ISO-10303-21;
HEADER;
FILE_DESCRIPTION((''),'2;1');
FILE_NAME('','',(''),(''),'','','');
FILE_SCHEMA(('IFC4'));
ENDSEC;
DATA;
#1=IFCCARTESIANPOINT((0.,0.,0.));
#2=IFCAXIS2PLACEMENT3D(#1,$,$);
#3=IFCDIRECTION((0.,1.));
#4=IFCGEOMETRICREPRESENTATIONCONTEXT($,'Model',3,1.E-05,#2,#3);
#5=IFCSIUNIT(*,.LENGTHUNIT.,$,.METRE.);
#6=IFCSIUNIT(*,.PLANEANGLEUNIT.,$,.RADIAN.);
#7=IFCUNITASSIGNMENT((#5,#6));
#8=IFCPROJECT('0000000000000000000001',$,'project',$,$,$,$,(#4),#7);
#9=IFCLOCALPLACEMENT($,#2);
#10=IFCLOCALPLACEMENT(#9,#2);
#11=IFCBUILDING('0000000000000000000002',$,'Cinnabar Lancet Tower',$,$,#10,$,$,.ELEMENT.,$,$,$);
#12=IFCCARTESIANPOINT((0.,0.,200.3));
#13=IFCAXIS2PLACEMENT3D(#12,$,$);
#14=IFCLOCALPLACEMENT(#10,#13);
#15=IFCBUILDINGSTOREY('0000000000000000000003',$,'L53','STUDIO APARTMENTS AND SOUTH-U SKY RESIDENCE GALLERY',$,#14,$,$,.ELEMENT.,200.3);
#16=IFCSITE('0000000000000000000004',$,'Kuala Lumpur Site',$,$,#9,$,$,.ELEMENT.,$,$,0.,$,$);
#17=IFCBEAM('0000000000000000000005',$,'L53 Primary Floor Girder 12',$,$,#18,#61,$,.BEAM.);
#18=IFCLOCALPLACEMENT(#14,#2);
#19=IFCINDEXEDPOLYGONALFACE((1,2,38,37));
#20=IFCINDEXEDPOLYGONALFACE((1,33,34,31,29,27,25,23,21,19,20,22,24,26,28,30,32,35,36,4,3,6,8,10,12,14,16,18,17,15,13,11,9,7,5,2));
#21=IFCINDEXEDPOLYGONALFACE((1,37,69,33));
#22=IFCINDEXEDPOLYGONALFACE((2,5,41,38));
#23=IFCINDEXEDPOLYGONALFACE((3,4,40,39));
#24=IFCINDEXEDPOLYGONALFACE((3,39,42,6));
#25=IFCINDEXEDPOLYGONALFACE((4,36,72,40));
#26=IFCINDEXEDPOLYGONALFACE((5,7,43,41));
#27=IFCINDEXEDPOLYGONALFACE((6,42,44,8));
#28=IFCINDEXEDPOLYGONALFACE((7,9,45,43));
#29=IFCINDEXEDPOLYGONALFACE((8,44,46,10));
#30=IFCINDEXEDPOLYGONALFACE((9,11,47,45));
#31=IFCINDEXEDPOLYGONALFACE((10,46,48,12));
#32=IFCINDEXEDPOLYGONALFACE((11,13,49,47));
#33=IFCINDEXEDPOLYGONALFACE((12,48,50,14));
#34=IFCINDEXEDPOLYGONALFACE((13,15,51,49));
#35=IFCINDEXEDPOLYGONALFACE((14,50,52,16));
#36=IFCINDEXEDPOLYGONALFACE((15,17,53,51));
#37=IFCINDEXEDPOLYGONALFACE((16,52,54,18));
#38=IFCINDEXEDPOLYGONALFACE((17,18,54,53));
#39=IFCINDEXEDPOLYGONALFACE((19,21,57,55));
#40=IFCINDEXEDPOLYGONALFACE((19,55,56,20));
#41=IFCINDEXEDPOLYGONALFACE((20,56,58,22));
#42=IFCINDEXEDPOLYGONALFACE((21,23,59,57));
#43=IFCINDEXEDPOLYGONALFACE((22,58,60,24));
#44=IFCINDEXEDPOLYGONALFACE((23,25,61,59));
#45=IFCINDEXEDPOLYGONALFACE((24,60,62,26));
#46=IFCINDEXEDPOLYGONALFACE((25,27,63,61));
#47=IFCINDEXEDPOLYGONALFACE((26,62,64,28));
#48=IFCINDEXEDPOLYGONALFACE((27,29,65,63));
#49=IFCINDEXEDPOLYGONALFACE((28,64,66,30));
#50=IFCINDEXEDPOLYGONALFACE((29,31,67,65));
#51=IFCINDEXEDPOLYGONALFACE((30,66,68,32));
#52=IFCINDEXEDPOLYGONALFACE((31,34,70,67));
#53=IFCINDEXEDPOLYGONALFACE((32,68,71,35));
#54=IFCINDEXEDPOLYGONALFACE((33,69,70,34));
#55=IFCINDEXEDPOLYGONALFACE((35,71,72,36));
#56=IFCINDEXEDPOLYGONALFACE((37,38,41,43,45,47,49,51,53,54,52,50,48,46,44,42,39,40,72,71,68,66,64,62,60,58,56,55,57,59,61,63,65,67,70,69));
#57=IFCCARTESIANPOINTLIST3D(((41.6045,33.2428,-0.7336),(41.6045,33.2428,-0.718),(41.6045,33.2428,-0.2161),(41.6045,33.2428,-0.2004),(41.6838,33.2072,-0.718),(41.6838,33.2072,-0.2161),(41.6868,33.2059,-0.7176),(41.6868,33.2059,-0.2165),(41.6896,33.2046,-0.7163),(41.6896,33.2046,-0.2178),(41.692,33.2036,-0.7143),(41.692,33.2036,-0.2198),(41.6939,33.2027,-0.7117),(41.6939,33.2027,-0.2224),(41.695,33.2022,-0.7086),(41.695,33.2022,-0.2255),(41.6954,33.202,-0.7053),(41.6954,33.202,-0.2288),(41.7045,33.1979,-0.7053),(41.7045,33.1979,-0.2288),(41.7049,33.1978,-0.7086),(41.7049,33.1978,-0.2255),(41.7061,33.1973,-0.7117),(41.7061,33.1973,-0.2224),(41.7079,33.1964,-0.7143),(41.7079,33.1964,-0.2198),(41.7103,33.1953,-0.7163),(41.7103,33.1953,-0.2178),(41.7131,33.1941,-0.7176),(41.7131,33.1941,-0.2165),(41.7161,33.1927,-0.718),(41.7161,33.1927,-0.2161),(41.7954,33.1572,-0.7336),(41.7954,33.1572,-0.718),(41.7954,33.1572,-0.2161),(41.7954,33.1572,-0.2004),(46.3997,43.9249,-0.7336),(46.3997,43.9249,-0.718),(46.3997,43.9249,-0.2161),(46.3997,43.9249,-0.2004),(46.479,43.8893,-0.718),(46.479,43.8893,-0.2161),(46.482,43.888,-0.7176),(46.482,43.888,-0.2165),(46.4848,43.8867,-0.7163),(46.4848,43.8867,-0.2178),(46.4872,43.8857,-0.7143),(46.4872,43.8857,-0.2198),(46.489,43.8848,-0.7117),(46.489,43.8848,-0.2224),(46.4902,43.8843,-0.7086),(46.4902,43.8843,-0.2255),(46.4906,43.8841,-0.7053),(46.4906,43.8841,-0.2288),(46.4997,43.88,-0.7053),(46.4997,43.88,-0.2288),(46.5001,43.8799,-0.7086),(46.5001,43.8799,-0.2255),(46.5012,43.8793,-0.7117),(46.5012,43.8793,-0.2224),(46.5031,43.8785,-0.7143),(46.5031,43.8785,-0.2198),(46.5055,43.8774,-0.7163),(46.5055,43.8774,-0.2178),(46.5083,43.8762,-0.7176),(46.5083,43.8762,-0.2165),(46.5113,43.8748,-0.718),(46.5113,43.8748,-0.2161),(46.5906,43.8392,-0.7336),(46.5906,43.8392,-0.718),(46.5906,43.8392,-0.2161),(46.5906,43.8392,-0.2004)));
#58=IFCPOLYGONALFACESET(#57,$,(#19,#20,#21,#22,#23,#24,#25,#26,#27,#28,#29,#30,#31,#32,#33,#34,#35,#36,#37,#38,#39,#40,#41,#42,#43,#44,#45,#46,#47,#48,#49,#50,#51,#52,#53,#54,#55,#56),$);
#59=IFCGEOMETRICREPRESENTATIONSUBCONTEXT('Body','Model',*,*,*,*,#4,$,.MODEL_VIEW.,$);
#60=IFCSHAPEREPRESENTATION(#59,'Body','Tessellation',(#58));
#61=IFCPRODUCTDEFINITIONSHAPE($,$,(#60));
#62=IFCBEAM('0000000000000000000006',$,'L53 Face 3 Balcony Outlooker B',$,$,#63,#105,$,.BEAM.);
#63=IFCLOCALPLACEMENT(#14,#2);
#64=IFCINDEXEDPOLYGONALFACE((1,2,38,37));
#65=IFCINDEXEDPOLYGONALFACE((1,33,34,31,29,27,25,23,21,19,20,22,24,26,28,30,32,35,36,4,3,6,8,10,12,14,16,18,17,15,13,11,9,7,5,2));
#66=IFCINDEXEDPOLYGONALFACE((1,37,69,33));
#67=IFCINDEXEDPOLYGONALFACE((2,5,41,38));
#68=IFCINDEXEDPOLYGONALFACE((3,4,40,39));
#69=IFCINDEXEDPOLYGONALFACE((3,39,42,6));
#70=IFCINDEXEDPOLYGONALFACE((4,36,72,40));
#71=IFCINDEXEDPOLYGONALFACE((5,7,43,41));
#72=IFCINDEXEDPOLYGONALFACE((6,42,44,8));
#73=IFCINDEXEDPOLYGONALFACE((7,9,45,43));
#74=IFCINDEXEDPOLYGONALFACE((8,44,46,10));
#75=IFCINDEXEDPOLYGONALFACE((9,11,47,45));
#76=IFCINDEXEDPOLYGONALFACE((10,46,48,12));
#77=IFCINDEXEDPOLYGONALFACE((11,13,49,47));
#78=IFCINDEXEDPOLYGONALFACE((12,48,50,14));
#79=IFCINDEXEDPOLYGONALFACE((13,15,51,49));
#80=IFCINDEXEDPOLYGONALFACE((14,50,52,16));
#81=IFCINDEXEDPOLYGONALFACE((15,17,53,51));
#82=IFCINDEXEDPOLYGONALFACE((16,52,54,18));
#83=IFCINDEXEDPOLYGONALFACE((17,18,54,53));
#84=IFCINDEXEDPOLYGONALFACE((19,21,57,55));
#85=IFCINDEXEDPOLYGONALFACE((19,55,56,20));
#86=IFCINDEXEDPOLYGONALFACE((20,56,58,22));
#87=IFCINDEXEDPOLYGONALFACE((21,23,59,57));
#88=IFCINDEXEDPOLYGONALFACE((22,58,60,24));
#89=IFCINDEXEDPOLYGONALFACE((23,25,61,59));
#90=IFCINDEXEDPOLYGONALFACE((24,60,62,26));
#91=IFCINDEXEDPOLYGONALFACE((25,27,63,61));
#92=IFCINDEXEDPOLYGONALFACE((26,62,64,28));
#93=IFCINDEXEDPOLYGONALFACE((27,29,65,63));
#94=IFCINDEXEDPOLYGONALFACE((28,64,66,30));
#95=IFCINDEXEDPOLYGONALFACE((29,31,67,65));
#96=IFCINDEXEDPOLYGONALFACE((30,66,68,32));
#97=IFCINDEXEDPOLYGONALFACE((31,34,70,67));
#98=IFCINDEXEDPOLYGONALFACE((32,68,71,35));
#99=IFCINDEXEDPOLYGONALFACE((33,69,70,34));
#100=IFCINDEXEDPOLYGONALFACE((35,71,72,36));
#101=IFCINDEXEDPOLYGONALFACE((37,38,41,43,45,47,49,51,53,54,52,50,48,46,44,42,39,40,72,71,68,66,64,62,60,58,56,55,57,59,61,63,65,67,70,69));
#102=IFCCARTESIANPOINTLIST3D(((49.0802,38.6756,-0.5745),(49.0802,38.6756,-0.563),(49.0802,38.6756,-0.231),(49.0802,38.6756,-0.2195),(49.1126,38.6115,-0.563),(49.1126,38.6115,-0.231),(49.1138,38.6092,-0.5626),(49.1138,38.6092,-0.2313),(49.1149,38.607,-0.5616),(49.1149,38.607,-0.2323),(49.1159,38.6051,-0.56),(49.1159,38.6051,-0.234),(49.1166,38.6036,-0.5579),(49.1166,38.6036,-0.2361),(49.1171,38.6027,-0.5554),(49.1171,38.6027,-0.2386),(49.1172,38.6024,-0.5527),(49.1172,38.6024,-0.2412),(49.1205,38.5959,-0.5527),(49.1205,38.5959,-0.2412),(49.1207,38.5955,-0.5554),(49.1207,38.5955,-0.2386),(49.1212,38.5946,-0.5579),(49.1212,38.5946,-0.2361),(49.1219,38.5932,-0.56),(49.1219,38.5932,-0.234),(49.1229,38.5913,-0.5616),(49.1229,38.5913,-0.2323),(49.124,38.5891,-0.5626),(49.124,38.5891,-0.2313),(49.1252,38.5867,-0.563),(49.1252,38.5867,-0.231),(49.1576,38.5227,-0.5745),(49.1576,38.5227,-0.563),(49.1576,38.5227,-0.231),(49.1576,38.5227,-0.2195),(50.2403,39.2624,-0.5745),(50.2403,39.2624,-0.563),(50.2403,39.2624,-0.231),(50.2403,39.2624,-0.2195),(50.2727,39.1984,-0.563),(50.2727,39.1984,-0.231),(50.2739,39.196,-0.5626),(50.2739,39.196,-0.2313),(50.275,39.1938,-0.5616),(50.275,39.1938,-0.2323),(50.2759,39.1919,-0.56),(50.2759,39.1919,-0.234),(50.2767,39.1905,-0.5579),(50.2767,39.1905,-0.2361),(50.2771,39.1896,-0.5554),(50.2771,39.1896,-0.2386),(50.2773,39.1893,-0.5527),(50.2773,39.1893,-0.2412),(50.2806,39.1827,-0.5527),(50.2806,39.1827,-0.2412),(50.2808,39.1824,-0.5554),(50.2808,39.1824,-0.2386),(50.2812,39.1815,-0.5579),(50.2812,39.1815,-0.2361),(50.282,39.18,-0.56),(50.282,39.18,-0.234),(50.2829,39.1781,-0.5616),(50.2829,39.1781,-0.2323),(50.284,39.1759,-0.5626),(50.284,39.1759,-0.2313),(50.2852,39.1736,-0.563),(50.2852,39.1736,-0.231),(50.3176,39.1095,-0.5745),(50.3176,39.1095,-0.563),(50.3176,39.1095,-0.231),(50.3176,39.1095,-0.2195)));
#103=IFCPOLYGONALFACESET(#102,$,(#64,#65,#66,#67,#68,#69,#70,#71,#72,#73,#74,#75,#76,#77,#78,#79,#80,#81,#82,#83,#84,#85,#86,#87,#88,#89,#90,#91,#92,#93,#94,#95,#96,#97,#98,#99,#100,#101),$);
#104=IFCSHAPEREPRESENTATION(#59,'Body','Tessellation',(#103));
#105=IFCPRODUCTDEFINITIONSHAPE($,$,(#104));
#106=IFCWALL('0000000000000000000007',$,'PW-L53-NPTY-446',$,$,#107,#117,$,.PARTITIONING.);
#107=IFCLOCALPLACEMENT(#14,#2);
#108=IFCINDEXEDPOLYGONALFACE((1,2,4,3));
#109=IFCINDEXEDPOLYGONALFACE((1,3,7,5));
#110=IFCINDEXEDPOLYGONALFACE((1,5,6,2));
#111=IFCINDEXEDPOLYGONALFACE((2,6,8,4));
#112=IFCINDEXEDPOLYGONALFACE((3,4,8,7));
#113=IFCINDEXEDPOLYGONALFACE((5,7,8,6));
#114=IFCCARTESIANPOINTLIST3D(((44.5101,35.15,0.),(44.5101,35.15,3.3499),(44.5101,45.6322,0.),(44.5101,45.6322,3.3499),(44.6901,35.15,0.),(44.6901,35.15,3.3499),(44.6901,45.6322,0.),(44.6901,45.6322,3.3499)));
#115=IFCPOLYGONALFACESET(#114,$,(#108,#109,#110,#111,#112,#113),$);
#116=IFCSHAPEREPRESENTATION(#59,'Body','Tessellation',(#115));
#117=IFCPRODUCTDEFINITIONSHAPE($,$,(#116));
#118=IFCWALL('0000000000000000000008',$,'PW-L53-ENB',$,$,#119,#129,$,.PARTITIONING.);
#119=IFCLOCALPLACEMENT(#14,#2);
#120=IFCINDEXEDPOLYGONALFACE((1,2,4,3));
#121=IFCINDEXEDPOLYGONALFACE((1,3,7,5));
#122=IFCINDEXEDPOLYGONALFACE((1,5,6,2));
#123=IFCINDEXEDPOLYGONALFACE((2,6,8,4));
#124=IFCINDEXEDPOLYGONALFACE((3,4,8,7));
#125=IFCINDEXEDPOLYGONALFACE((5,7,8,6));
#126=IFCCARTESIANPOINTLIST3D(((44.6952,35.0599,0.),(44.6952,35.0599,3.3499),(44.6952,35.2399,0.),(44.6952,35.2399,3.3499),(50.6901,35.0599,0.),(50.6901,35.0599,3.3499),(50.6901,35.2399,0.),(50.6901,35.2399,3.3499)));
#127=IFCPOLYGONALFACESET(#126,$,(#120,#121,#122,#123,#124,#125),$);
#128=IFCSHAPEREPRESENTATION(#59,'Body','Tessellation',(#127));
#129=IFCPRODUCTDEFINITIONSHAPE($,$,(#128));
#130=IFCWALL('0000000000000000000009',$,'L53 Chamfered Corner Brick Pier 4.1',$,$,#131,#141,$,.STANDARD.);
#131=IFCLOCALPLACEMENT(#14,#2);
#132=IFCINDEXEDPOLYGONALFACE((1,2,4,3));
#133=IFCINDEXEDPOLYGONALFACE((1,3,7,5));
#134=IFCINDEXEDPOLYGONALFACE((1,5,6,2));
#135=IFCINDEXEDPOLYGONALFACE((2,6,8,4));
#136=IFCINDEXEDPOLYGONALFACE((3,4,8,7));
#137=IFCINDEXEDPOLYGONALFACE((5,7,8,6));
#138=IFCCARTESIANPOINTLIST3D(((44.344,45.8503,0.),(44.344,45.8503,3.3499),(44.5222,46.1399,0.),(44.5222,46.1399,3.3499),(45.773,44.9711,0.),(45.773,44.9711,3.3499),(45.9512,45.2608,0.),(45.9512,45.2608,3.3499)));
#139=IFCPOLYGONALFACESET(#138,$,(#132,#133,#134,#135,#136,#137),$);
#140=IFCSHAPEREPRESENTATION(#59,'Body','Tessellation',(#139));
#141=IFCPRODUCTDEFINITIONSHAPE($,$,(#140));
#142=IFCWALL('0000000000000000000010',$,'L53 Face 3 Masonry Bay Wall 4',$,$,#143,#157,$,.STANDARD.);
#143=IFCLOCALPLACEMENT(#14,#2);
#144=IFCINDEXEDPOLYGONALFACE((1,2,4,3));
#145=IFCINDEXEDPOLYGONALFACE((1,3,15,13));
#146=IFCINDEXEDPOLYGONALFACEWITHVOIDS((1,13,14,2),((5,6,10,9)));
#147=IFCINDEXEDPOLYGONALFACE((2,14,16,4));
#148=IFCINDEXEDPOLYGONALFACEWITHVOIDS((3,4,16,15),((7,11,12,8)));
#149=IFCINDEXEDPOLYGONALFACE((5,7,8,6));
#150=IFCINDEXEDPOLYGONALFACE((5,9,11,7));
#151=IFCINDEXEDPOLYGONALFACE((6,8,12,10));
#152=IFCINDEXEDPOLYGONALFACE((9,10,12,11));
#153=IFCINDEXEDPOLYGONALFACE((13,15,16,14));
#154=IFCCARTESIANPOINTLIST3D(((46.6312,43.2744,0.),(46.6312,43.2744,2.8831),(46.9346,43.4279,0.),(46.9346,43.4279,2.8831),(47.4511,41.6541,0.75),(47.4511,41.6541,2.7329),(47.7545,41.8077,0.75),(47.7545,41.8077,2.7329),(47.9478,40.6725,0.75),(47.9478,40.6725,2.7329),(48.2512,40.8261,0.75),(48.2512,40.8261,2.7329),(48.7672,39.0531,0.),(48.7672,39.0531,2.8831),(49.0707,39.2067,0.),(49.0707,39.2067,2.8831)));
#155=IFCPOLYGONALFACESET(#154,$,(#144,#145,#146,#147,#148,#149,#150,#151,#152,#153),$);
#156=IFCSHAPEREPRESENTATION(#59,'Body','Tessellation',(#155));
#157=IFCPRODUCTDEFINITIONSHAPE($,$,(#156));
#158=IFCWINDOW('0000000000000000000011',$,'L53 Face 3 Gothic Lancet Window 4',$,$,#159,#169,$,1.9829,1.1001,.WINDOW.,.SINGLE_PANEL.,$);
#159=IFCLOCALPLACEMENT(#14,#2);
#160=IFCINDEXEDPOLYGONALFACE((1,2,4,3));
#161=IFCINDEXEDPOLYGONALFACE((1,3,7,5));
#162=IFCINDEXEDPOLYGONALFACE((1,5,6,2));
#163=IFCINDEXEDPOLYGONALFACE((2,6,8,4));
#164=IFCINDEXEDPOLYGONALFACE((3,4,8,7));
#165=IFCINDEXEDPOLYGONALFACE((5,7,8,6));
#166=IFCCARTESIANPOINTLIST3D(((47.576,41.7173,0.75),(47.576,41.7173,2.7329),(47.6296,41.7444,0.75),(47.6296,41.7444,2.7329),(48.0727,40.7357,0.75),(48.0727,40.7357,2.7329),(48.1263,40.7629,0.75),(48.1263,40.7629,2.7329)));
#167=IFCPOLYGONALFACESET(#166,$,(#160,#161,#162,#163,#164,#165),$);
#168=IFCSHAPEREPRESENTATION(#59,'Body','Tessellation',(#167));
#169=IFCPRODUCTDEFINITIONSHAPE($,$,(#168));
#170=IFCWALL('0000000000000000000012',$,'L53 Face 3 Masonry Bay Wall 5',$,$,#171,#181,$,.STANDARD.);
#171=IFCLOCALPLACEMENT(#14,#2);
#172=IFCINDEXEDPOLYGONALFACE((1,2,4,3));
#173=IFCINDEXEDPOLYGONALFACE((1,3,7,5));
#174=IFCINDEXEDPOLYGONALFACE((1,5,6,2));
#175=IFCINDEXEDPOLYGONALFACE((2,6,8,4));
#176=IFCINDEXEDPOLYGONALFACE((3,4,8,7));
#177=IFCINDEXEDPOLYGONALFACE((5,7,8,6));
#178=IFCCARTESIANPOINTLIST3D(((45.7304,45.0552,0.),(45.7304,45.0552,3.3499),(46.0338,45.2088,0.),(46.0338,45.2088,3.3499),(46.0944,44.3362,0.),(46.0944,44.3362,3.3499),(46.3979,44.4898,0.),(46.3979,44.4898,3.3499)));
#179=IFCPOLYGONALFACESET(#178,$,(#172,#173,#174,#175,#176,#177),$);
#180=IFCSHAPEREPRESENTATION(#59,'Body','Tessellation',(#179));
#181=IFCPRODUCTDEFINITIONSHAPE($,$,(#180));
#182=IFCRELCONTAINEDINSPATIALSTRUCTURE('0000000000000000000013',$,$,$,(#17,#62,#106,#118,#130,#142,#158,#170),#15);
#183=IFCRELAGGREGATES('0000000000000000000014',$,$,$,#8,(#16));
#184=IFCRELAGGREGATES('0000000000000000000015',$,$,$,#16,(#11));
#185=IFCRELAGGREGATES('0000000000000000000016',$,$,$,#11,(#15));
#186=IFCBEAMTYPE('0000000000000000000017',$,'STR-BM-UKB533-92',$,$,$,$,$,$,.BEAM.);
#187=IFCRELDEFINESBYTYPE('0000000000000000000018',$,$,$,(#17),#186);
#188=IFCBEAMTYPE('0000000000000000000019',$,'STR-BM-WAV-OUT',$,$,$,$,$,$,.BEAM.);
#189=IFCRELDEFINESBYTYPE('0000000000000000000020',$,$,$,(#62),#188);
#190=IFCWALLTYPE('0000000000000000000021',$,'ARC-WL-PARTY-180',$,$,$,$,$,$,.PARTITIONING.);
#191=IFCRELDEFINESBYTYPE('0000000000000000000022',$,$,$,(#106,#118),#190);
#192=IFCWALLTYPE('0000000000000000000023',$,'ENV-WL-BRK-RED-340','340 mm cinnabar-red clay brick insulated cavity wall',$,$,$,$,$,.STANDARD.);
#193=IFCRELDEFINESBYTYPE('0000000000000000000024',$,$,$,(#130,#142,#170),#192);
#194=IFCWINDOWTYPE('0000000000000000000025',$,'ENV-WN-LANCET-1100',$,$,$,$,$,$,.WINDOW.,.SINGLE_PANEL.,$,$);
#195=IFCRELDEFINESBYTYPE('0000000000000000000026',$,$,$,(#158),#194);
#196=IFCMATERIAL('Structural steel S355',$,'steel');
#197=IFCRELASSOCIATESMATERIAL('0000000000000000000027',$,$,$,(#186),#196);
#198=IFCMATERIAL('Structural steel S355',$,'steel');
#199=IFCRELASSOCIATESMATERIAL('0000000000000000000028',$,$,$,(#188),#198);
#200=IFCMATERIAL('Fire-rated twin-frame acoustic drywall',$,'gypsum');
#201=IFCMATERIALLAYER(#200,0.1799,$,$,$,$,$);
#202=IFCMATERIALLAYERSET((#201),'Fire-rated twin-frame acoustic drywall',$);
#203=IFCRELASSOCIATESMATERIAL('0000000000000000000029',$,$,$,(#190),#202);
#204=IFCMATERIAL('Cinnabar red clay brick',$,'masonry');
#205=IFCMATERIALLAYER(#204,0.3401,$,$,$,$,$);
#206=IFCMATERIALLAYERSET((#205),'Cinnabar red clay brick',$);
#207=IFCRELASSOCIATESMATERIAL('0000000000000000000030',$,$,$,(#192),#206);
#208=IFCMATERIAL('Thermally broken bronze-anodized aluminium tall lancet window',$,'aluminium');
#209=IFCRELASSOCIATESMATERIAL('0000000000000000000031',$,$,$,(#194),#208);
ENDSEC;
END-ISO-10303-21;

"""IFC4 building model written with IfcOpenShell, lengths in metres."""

from ifc_helpers import new_model, si_unit, direction, frame, frame_2d, origin, origin_2d, place, context, subcontext, project, spatial, rectangle, i_section, extrude, material, layer, layer_set, material_profile, profile_set, type_object, element, fill, save


model = new_model("IFC4")

# Units and contexts
model_context = context("Model", 3, precision=1e-05, world=origin(), true_north=direction((0.0, 1.0)))
body_context = subcontext(model_context, "Body", "Model", "MODEL_VIEW")
ifc_project = project(units=[si_unit("LENGTHUNIT", "METRE"), si_unit("PLANEANGLEUNIT", "RADIAN")], contexts=[model_context])

# Site, building, storey
site_placement = place(None, origin())
site = spatial("IfcSite", under=ifc_project, at=site_placement, Name="Kuala Lumpur Site", CompositionType="ELEMENT", RefElevation=0.0)
building_placement = place(site_placement, origin())
building = spatial("IfcBuilding", under=site, at=building_placement, Name="Cinnabar Lancet Tower", CompositionType="ELEMENT")
storey_placement = place(building_placement, frame((0.0, 0.0, 200.3)))
storey = spatial("IfcBuildingStorey", under=building, at=storey_placement, Name="L53", Description="STUDIO APARTMENTS AND SOUTH-U SKY RESIDENCE GALLERY", CompositionType="ELEMENT", Elevation=200.3)

# Beams
ifc_material_1 = material(Name="Structural steel S355", Category="steel")
ifc_material_profile_1 = material_profile(ifc_material_1, i_section(OverallWidth=0.2092, OverallDepth=0.5332, WebThickness=0.01, FlangeThickness=0.0156, FilletRadius=0.0127, at=origin_2d()), Name="UKB 533x210x92")
ifc_profile_set_1 = profile_set([ifc_material_profile_1], Name="Structural steel S355")
beam_type_1 = type_object("IfcBeamType", Name="STR-BM-UKB533-92", PredefinedType="BEAM", material=ifc_profile_set_1)
beam_1_placement = place(storey_placement, frame((46.4951, 43.8821, -0.467), z_axis=(-0.409527, -0.912298, 0.0), x_axis=(0.912298, -0.409527, 0.0)))
element("IfcBeam", 1, at=beam_1_placement, inside=storey, type_object=beam_type_1, Name="L53 Primary Floor Girder 12", PredefinedType="BEAM", context=body_context, shape_type="SweptSolid", body=[
    extrude(i_section(OverallWidth=0.2092, OverallDepth=0.5332, WebThickness=0.01, FlangeThickness=0.0156, FilletRadius=0.0127, at=origin_2d()), origin(), (0.0, 0.0, 1.0), 11.709),
])
ifc_material_2 = material(Name="Structural steel S355", Category="steel")
ifc_material_profile_2 = material_profile(ifc_material_2, i_section(OverallWidth=0.1714, OverallDepth=0.355, WebThickness=0.0073, FlangeThickness=0.0115, FilletRadius=0.0103, at=origin_2d()), Name="UKB 356x171x51")
ifc_profile_set_2 = profile_set([ifc_material_profile_2], Name="Structural steel S355")
beam_type_2 = type_object("IfcBeamType", Name="STR-BM-WAV-OUT", PredefinedType="BEAM", material=ifc_profile_set_2)
beam_2_placement = place(storey_placement, frame((49.1189, 38.5991, -0.397), z_axis=(0.892314, 0.451415, 0.0), x_axis=(-0.451415, 0.892314, 0.0)))
element("IfcBeam", 2, at=beam_2_placement, inside=storey, type_object=beam_type_2, Name="L53 Face 3 Balcony Outlooker B", PredefinedType="BEAM", context=body_context, shape_type="SweptSolid", body=[
    extrude(i_section(OverallWidth=0.1714, OverallDepth=0.355, WebThickness=0.0073, FlangeThickness=0.0115, FilletRadius=0.0103, at=origin_2d()), origin(), (0.0, 0.0, 1.0), 1.3),
])

# Walls
ifc_material_3 = material(Name="Fire-rated twin-frame acoustic drywall", Category="gypsum")
ifc_layer_1 = layer(ifc_material_3, 0.1799)
ifc_layer_set_1 = layer_set([ifc_layer_1], Name="Fire-rated twin-frame acoustic drywall")
wall_type_1 = type_object("IfcWallType", Name="ARC-WL-PARTY-180", PredefinedType="PARTITIONING", material=ifc_layer_set_1)
wall_1_placement = place(storey_placement, frame((44.6001, 35.1499, 0.0), z_axis=(0.0, 0.0, 1.0), x_axis=(0.0, 1.0, 0.0)))
element("IfcWall", 3, at=wall_1_placement, inside=storey, type_object=wall_type_1, Name="PW-L53-NPTY-446", PredefinedType="PARTITIONING", context=body_context, shape_type="SweptSolid", body=[
    extrude(rectangle(XDim=10.4822, YDim=0.1799, at=frame_2d((5.2412, 0.0))), origin(), (0.0, 0.0, 1.0), 3.3499),
])
wall_2_placement = place(storey_placement, frame((44.6951, 35.1499, 0.0), z_axis=(0.0, 0.0, 1.0), x_axis=(1.0, 0.0, 0.0)))
element("IfcWall", 4, at=wall_2_placement, inside=storey, type_object=wall_type_1, Name="PW-L53-ENB", PredefinedType="PARTITIONING", context=body_context, shape_type="SweptSolid", body=[
    extrude(rectangle(XDim=5.9949, YDim=0.1799, at=frame_2d((2.9976, 0.0))), origin(), (0.0, 0.0, 1.0), 3.3499),
])
ifc_material_4 = material(Name="Cinnabar red clay brick", Category="masonry")
ifc_layer_2 = layer(ifc_material_4, 0.3401)
ifc_layer_set_2 = layer_set([ifc_layer_2], Name="Cinnabar red clay brick")
wall_type_2 = type_object("IfcWallType", Name="ENV-WL-BRK-RED-340", Description="340 mm cinnabar-red clay brick insulated cavity wall", PredefinedType="STANDARD", material=ifc_layer_set_2)
wall_3_placement = place(storey_placement, frame((45.8621, 45.116, 0.0), z_axis=(0.0, 0.0, 1.0), x_axis=(-0.851713, 0.524008, 0.0)))
element("IfcWall", 5, at=wall_3_placement, inside=storey, type_object=wall_type_2, Name="L53 Chamfered Corner Brick Pier 4.1", PredefinedType="STANDARD", context=body_context, shape_type="SweptSolid", body=[
    extrude(rectangle(XDim=1.6777, YDim=0.3401, at=frame_2d((0.8389, 0.0))), origin(), (0.0, 0.0, 1.0), 3.3499),
])

# Wall, opening, window
wall_4_placement = place(storey_placement, frame((48.9189, 39.1299, 0.0), z_axis=(0.0, 0.0, 1.0), x_axis=(-0.451502, 0.89227, 0.0)))
wall_4 = element("IfcWall", 6, at=wall_4_placement, inside=storey, type_object=wall_type_2, Name="L53 Face 3 Masonry Bay Wall 4", PredefinedType="STANDARD", context=body_context, shape_type="SweptSolid", body=[
    extrude(rectangle(XDim=4.731, YDim=0.3401, at=frame_2d((2.3655, 0.0))), origin(), (0.0, 0.0, 1.0), 2.8831),
])
opening_placement = place(wall_4_placement, frame((1.8149, 0.0, 0.75)))
opening = element("IfcOpeningElement", 7, at=opening_placement, cuts=wall_4, PredefinedType="OPENING", context=body_context, shape_type="SweptSolid", body=[
    extrude(rectangle(XDim=1.1001, YDim=1.9829, at=frame_2d((0.55, 0.9915))), frame((0.0, 0.1799, 0.0), z_axis=(0.0, -1.0, 0.0), x_axis=(1.0, 0.0, 0.0)), (0.0, 0.0, 1.0), 0.3601),
])
ifc_material_5 = material(Name="Thermally broken bronze-anodized aluminium tall lancet window", Category="aluminium")
window_type = type_object("IfcWindowType", Name="ENV-WN-LANCET-1100", PartitioningType="SINGLE_PANEL", PredefinedType="WINDOW", material=ifc_material_5)
window_placement = place(opening_placement, origin())
window = element("IfcWindow", 8, at=window_placement, inside=storey, type_object=window_type, Name="L53 Face 3 Gothic Lancet Window 4", OverallHeight=1.9829, OverallWidth=1.1001, PartitioningType="SINGLE_PANEL", PredefinedType="WINDOW", context=body_context, shape_type="SweptSolid", body=[
    extrude(rectangle(XDim=1.1001, YDim=1.9829, at=frame_2d((0.55, 0.9915))), frame((0.0, 0.03, 0.0), z_axis=(0.0, -1.0, 0.0), x_axis=(1.0, 0.0, 0.0)), (0.0, 0.0, 1.0), 0.0601),
])
fill(opening, window)

# Wall
wall_5_placement = place(storey_placement, frame((46.2461, 44.4131, 0.0), z_axis=(0.0, 0.0, 1.0), x_axis=(-0.451692, 0.892174, 0.0)))
element("IfcWall", 9, at=wall_5_placement, inside=storey, type_object=wall_type_2, Name="L53 Face 3 Masonry Bay Wall 5", PredefinedType="STANDARD", context=body_context, shape_type="SweptSolid", body=[
    extrude(rectangle(XDim=0.8059, YDim=0.3401, at=frame_2d((0.4028, 0.0))), origin(), (0.0, 0.0, 1.0), 3.3499),
])

save(model, "model.ifc")
